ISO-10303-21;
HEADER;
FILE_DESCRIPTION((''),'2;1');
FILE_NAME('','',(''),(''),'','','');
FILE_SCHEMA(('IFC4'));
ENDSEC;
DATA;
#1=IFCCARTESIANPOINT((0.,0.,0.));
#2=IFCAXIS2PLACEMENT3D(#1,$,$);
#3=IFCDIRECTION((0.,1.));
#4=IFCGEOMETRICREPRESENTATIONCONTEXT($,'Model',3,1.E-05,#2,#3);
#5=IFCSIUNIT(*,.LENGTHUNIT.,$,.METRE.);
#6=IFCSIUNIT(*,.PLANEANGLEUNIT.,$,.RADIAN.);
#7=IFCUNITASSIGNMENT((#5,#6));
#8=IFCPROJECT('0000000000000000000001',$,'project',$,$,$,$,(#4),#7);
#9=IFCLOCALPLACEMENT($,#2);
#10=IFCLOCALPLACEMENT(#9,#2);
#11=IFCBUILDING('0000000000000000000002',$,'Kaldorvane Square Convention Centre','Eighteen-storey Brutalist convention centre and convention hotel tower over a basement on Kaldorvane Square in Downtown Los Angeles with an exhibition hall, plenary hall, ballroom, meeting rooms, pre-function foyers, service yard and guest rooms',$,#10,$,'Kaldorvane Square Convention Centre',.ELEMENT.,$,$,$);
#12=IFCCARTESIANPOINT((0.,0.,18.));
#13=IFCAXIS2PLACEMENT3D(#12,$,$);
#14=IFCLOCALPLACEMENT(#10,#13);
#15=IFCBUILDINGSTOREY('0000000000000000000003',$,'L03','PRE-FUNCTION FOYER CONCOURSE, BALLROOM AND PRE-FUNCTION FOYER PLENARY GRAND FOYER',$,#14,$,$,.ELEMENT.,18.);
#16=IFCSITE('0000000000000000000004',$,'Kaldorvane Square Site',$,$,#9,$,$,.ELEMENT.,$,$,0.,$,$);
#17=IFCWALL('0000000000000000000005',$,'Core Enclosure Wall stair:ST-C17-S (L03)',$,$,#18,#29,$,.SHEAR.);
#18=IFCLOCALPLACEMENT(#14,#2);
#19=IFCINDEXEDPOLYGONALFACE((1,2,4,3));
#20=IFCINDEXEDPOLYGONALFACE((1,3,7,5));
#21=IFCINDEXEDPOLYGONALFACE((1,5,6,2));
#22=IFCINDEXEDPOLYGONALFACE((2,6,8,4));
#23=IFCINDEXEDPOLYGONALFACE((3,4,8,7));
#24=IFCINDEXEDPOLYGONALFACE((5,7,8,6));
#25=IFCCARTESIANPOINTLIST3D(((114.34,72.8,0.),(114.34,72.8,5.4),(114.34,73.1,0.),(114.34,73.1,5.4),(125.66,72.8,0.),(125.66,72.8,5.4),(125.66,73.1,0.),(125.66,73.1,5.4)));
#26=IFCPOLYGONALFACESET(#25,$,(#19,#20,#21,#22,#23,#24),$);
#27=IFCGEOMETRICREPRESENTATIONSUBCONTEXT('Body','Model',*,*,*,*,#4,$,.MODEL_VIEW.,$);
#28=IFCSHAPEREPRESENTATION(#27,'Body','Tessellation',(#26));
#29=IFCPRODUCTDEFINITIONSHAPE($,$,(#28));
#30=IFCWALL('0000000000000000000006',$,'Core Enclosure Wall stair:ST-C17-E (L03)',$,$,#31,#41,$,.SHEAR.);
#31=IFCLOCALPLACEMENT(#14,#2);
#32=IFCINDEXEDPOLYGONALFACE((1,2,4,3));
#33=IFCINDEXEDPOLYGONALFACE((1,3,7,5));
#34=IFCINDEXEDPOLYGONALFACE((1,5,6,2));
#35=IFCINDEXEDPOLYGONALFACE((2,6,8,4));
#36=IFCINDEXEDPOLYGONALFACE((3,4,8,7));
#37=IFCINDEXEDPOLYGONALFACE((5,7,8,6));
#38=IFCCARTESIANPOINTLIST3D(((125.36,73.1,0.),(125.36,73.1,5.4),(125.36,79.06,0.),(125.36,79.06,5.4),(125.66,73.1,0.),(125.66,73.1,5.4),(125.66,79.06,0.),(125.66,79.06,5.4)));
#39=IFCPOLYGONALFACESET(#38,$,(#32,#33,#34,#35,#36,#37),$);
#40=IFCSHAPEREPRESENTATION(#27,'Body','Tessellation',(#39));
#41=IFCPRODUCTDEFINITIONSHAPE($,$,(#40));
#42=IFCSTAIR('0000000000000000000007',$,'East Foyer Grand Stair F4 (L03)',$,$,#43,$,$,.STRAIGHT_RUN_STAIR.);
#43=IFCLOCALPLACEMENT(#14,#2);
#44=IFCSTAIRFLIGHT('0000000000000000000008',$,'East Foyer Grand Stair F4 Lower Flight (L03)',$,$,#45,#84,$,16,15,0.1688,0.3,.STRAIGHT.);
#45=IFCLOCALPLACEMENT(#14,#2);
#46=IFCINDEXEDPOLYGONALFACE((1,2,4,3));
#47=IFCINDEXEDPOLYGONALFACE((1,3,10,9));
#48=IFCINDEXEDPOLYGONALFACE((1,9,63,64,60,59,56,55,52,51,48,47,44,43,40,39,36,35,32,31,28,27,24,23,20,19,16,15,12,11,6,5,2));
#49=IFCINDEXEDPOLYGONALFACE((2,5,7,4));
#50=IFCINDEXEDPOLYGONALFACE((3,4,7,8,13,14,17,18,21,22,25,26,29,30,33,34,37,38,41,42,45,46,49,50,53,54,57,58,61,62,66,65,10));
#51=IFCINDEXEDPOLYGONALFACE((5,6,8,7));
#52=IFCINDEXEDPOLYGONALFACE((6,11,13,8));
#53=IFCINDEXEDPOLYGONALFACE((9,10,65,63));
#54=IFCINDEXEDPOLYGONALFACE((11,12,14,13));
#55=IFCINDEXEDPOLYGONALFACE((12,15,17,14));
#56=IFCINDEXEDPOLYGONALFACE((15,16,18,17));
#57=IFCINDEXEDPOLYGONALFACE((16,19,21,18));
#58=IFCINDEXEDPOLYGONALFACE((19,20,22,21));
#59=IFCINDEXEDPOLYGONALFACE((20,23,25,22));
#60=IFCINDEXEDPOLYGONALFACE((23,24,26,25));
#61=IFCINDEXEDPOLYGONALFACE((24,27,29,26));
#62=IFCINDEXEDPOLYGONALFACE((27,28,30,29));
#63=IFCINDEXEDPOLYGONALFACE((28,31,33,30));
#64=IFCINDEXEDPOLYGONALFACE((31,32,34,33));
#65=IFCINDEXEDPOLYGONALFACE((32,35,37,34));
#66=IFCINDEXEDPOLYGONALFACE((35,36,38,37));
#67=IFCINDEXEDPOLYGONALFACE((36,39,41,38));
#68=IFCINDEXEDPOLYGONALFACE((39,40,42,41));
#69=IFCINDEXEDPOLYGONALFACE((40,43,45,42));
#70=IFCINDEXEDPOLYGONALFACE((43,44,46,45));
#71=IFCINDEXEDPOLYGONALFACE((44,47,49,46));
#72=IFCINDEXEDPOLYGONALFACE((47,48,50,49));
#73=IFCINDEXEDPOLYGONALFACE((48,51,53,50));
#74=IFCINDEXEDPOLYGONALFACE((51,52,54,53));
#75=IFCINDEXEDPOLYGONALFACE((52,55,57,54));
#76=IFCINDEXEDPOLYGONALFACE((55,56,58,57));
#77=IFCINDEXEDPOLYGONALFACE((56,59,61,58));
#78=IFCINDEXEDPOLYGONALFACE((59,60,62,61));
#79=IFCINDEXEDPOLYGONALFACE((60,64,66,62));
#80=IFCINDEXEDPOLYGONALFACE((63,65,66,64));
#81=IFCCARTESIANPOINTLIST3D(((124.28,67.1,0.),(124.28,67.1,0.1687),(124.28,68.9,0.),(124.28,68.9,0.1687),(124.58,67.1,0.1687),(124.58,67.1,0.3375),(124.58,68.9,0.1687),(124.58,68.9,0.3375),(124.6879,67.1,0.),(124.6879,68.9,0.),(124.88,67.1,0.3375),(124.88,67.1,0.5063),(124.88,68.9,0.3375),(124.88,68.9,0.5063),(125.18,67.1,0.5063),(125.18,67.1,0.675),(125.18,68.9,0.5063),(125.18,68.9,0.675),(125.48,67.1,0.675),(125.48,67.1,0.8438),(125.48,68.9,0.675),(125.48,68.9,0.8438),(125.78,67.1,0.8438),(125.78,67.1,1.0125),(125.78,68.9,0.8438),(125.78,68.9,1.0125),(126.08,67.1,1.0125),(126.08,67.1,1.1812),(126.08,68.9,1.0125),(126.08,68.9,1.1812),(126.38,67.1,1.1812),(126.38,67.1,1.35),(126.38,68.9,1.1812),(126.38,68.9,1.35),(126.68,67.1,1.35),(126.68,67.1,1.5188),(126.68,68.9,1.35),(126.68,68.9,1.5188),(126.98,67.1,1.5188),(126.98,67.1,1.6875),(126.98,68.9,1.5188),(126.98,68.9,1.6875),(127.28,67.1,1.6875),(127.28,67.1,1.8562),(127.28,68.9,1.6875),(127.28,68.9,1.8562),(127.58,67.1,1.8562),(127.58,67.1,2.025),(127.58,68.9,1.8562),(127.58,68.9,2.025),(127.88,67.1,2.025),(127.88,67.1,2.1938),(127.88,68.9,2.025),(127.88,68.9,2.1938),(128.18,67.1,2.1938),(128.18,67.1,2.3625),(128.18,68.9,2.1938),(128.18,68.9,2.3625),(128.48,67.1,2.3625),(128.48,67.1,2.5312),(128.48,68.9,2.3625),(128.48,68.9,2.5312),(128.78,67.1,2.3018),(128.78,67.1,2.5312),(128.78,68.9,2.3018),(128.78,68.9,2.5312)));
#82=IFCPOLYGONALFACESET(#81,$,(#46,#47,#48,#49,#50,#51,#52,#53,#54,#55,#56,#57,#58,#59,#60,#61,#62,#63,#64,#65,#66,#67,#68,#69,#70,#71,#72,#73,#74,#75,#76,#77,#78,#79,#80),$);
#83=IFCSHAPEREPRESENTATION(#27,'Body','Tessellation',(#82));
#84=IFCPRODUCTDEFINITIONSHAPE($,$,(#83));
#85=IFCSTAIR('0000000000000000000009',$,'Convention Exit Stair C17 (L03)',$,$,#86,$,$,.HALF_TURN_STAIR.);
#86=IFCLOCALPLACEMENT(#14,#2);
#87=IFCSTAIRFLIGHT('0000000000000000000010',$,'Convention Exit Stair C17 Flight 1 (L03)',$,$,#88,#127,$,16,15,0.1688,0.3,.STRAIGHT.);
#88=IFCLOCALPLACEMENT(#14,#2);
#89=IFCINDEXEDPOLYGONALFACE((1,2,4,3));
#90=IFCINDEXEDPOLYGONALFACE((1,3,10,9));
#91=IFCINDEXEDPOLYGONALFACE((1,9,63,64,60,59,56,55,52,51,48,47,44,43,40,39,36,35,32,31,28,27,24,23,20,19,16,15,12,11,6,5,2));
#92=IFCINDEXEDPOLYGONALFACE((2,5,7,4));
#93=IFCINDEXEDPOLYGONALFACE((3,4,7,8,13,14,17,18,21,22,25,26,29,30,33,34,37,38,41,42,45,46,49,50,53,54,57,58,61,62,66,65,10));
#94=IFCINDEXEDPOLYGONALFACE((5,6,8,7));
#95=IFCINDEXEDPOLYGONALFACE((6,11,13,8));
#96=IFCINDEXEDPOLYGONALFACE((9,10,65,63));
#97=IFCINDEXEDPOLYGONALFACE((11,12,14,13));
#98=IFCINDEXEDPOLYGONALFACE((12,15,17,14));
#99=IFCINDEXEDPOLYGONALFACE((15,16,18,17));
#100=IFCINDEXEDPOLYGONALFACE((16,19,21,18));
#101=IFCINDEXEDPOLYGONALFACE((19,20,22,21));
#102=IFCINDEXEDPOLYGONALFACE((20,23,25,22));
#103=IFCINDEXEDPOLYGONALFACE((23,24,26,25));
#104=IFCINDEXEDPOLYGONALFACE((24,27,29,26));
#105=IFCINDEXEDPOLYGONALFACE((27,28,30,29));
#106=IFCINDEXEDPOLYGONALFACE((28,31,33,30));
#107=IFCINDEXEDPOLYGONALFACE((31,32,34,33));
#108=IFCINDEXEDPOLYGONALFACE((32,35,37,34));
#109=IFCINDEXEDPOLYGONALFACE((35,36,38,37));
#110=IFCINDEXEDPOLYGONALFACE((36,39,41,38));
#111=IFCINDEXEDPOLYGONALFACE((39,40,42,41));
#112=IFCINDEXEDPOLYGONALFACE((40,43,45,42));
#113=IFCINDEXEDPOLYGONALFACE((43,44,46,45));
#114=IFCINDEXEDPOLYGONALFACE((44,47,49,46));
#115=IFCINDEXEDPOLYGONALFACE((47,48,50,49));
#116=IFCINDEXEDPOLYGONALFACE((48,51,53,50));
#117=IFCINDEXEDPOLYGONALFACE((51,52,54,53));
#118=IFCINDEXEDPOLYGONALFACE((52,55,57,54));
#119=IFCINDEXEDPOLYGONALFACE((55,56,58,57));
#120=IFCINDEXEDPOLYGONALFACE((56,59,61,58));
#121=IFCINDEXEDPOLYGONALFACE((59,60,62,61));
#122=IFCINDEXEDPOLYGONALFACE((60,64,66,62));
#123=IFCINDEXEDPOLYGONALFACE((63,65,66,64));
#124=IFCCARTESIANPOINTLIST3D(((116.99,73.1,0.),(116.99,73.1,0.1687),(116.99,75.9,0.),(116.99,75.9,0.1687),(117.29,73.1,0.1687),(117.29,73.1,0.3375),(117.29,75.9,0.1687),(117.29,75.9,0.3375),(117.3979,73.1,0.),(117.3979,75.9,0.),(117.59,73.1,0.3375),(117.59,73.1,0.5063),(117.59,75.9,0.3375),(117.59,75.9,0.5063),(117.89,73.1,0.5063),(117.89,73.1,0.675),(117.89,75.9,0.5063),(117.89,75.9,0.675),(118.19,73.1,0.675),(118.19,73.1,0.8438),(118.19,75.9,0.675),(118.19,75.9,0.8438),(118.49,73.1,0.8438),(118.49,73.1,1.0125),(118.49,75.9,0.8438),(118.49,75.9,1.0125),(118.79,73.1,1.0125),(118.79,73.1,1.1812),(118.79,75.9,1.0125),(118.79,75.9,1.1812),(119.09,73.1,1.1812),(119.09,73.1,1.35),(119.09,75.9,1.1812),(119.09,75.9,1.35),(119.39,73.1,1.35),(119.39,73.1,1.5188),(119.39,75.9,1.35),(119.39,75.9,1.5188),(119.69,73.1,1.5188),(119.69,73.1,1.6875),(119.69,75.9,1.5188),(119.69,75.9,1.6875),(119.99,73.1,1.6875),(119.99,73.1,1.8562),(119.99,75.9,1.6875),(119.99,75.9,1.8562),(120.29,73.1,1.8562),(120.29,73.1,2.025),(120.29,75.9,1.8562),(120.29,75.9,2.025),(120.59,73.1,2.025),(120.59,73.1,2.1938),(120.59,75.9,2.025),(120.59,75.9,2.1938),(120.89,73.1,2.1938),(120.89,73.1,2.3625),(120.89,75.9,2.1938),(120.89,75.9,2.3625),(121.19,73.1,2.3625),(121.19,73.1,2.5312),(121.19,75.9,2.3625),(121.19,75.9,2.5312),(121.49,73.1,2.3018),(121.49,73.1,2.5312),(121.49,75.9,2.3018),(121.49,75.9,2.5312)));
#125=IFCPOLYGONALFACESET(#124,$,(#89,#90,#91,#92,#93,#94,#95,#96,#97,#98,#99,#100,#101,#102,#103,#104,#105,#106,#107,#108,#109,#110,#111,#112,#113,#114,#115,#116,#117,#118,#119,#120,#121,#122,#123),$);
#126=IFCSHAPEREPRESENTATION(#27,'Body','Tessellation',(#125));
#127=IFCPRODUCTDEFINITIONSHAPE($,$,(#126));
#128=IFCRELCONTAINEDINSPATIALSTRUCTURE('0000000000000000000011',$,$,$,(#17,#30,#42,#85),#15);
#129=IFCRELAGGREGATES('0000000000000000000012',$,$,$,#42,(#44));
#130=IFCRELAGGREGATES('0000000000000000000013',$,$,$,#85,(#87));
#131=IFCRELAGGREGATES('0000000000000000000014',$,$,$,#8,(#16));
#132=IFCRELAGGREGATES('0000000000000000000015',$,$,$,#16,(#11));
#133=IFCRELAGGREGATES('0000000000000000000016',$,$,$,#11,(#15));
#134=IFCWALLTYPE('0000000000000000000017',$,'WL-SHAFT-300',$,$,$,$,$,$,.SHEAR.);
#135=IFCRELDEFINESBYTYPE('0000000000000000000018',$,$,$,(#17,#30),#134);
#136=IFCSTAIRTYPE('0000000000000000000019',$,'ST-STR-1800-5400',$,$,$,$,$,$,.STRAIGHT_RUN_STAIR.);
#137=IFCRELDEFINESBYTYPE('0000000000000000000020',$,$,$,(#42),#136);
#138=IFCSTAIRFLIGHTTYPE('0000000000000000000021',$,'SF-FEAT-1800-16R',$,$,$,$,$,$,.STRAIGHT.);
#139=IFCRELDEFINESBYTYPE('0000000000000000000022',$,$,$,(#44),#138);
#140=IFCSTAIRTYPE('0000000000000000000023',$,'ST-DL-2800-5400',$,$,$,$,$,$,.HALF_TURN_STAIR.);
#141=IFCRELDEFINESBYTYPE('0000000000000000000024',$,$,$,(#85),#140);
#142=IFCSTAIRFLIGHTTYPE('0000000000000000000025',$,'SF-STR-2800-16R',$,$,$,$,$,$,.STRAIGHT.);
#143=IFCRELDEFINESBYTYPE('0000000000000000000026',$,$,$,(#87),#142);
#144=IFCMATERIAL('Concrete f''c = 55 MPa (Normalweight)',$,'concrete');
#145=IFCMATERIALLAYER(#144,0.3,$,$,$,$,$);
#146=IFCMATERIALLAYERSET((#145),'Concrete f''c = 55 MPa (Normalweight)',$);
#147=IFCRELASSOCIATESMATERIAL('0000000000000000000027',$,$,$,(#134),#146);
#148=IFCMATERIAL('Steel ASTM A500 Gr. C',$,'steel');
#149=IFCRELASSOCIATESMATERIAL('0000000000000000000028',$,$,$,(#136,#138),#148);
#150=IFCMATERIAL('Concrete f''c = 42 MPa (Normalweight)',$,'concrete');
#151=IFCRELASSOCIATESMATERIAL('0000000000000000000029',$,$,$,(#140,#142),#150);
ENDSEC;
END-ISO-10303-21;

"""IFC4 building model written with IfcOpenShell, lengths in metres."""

from ifc_helpers import new_model, si_unit, direction, frame, frame_2d, origin, place, context, subcontext, project, spatial, polyline, rectangle, outline, extrude, material, layer, layer_set, type_object, element, aggregate, save


model = new_model("IFC4")

# Units and contexts
model_context = context("Model", 3, precision=1e-05, world=origin(), true_north=direction((0.0, 1.0)))
body_context = subcontext(model_context, "Body", "Model", "MODEL_VIEW")
ifc_project = project(units=[si_unit("LENGTHUNIT", "METRE"), si_unit("PLANEANGLEUNIT", "RADIAN")], contexts=[model_context])

# Site, building, storey
site_placement = place(None, origin())
site = spatial("IfcSite", under=ifc_project, at=site_placement, Name="Kaldorvane Square Site", CompositionType="ELEMENT", RefElevation=0.0)
building_placement = place(site_placement, origin())
building = spatial("IfcBuilding", under=site, at=building_placement, Name="Kaldorvane Square Convention Centre", Description="Eighteen-storey Brutalist convention centre and convention hotel tower over a basement on Kaldorvane Square in Downtown Los Angeles with an exhibition hall, plenary hall, ballroom, meeting rooms, pre-function foyers, service yard and guest rooms", LongName="Kaldorvane Square Convention Centre", CompositionType="ELEMENT")
storey_placement = place(building_placement, frame((0.0, 0.0, 18.0)))
storey = spatial("IfcBuildingStorey", under=building, at=storey_placement, Name="L03", Description="PRE-FUNCTION FOYER CONCOURSE, BALLROOM AND PRE-FUNCTION FOYER PLENARY GRAND FOYER", CompositionType="ELEMENT", Elevation=18.0)

# Shared definitions
ifc_material_1 = material(Name="Concrete f'c = 55 MPa (Normalweight)", Category="concrete")

# Walls
ifc_layer_1 = layer(ifc_material_1, 0.3)
ifc_layer_set_1 = layer_set([ifc_layer_1], Name="Concrete f'c = 55 MPa (Normalweight)")
wall_type_1 = type_object("IfcWallType", Name="WL-SHAFT-300", PredefinedType="SHEAR", material=ifc_layer_set_1)
wall_1_placement = place(storey_placement, frame((114.34, 72.95, 0.0), z_axis=(0.0, 0.0, 1.0), x_axis=(1.0, 0.0, 0.0)))
element("IfcWall", 1, at=wall_1_placement, inside=storey, type_object=wall_type_1, Name="Core Enclosure Wall stair:ST-C17-S (L03)", PredefinedType="SHEAR", context=body_context, shape_type="SweptSolid", body=[
    extrude(rectangle(XDim=11.32, YDim=0.3, at=frame_2d((5.66, 0.0))), origin(), (0.0, 0.0, 1.0), 5.4),
])
wall_2_placement = place(storey_placement, frame((125.51, 73.1, 0.0), z_axis=(0.0, 0.0, 1.0), x_axis=(0.0, 1.0, 0.0)))
element("IfcWall", 2, at=wall_2_placement, inside=storey, type_object=wall_type_1, Name="Core Enclosure Wall stair:ST-C17-E (L03)", PredefinedType="SHEAR", context=body_context, shape_type="SweptSolid", body=[
    extrude(rectangle(XDim=5.96, YDim=0.3, at=frame_2d((2.98, 0.0))), origin(), (0.0, 0.0, 1.0), 5.4),
])

# Stairs, stair flights
ifc_material_2 = material(Name="Steel ASTM A500 Gr. C", Category="steel")
stair_type_1 = type_object("IfcStairType", Name="ST-STR-1800-5400", PredefinedType="STRAIGHT_RUN_STAIR", material=ifc_material_2)
stair_1_placement = place(storey_placement, origin())
stair_1 = element("IfcStair", 3, at=stair_1_placement, inside=storey, type_object=stair_type_1, Name="East Foyer Grand Stair F4 (L03)", PredefinedType="STRAIGHT_RUN_STAIR")
stair_flight_type_1 = type_object("IfcStairFlightType", Name="SF-FEAT-1800-16R", PredefinedType="STRAIGHT", material=ifc_material_2)
stair_flight_1_placement = place(storey_placement, frame((124.28, 68.0, 0.0), z_axis=(0.0, 0.0, 1.0), x_axis=(1.0, 0.0, 0.0)))
stair_flight_1 = element("IfcStairFlight", 4, at=stair_flight_1_placement, type_object=stair_flight_type_1, Name="East Foyer Grand Stair F4 Lower Flight (L03)", NumberOfRisers=16, NumberOfTreads=15, PredefinedType="STRAIGHT", RiserHeight=0.1688, TreadLength=0.3, context=body_context, shape_type="SweptSolid", body=[
    extrude(outline(polyline([(0.0, 0.0), (0.0, 0.1687), (0.3, 0.1687), (0.3, 0.3375), (0.6, 0.3375), (0.6, 0.5063), (0.9, 0.5063), (0.9, 0.675), (1.2, 0.675), (1.2, 0.8438), (1.5, 0.8438), (1.5, 1.0125), (1.8, 1.0125), (1.8, 1.1812), (2.1, 1.1812), (2.1, 1.35), (2.4, 1.35), (2.4, 1.5188), (2.7, 1.5188), (2.7, 1.6875), (3.0, 1.6875), (3.0, 1.8562), (3.3, 1.8562), (3.3, 2.025), (3.6, 2.025), (3.6, 2.1938), (3.9, 2.1938), (3.9, 2.3625), (4.2, 2.3625), (4.2, 2.5312), (4.5, 2.5312), (4.5, 2.7), (4.5, 2.3018), (0.4079, 0.0), (0.0, 0.0)])), frame((0.0, 0.9, 0.0), z_axis=(0.0, -1.0, 0.0), x_axis=(1.0, 0.0, 0.0)), (0.0, 0.0, 1.0), 1.8),
])
aggregate(stair_1, [stair_flight_1])
ifc_material_3 = material(Name="Concrete f'c = 42 MPa (Normalweight)", Category="concrete")
stair_type_2 = type_object("IfcStairType", Name="ST-DL-2800-5400", PredefinedType="HALF_TURN_STAIR", material=ifc_material_3)
stair_2_placement = place(storey_placement, origin())
stair_2 = element("IfcStair", 5, at=stair_2_placement, inside=storey, type_object=stair_type_2, Name="Convention Exit Stair C17 (L03)", PredefinedType="HALF_TURN_STAIR")
stair_flight_type_2 = type_object("IfcStairFlightType", Name="SF-STR-2800-16R", PredefinedType="STRAIGHT", material=ifc_material_3)
stair_flight_2_placement = place(storey_placement, frame((116.99, 74.5, 0.0), z_axis=(0.0, 0.0, 1.0), x_axis=(1.0, 0.0, 0.0)))
stair_flight_2 = element("IfcStairFlight", 6, at=stair_flight_2_placement, type_object=stair_flight_type_2, Name="Convention Exit Stair C17 Flight 1 (L03)", NumberOfRisers=16, NumberOfTreads=15, PredefinedType="STRAIGHT", RiserHeight=0.1688, TreadLength=0.3, context=body_context, shape_type="SweptSolid", body=[
    extrude(outline(polyline([(0.0, 0.0), (0.0, 0.1687), (0.3, 0.1687), (0.3, 0.3375), (0.6, 0.3375), (0.6, 0.5063), (0.9, 0.5063), (0.9, 0.675), (1.2, 0.675), (1.2, 0.8438), (1.5, 0.8438), (1.5, 1.0125), (1.8, 1.0125), (1.8, 1.1812), (2.1, 1.1812), (2.1, 1.35), (2.4, 1.35), (2.4, 1.5188), (2.7, 1.5188), (2.7, 1.6875), (3.0, 1.6875), (3.0, 1.8562), (3.3, 1.8562), (3.3, 2.025), (3.6, 2.025), (3.6, 2.1938), (3.9, 2.1938), (3.9, 2.3625), (4.2, 2.3625), (4.2, 2.5312), (4.5, 2.5312), (4.5, 2.7), (4.5, 2.3018), (0.4079, 0.0), (0.0, 0.0)])), frame((0.0, 1.4, 0.0), z_axis=(0.0, -1.0, 0.0), x_axis=(1.0, 0.0, 0.0)), (0.0, 0.0, 1.0), 2.8),
])
aggregate(stair_2, [stair_flight_2])

save(model, "model.ifc")
